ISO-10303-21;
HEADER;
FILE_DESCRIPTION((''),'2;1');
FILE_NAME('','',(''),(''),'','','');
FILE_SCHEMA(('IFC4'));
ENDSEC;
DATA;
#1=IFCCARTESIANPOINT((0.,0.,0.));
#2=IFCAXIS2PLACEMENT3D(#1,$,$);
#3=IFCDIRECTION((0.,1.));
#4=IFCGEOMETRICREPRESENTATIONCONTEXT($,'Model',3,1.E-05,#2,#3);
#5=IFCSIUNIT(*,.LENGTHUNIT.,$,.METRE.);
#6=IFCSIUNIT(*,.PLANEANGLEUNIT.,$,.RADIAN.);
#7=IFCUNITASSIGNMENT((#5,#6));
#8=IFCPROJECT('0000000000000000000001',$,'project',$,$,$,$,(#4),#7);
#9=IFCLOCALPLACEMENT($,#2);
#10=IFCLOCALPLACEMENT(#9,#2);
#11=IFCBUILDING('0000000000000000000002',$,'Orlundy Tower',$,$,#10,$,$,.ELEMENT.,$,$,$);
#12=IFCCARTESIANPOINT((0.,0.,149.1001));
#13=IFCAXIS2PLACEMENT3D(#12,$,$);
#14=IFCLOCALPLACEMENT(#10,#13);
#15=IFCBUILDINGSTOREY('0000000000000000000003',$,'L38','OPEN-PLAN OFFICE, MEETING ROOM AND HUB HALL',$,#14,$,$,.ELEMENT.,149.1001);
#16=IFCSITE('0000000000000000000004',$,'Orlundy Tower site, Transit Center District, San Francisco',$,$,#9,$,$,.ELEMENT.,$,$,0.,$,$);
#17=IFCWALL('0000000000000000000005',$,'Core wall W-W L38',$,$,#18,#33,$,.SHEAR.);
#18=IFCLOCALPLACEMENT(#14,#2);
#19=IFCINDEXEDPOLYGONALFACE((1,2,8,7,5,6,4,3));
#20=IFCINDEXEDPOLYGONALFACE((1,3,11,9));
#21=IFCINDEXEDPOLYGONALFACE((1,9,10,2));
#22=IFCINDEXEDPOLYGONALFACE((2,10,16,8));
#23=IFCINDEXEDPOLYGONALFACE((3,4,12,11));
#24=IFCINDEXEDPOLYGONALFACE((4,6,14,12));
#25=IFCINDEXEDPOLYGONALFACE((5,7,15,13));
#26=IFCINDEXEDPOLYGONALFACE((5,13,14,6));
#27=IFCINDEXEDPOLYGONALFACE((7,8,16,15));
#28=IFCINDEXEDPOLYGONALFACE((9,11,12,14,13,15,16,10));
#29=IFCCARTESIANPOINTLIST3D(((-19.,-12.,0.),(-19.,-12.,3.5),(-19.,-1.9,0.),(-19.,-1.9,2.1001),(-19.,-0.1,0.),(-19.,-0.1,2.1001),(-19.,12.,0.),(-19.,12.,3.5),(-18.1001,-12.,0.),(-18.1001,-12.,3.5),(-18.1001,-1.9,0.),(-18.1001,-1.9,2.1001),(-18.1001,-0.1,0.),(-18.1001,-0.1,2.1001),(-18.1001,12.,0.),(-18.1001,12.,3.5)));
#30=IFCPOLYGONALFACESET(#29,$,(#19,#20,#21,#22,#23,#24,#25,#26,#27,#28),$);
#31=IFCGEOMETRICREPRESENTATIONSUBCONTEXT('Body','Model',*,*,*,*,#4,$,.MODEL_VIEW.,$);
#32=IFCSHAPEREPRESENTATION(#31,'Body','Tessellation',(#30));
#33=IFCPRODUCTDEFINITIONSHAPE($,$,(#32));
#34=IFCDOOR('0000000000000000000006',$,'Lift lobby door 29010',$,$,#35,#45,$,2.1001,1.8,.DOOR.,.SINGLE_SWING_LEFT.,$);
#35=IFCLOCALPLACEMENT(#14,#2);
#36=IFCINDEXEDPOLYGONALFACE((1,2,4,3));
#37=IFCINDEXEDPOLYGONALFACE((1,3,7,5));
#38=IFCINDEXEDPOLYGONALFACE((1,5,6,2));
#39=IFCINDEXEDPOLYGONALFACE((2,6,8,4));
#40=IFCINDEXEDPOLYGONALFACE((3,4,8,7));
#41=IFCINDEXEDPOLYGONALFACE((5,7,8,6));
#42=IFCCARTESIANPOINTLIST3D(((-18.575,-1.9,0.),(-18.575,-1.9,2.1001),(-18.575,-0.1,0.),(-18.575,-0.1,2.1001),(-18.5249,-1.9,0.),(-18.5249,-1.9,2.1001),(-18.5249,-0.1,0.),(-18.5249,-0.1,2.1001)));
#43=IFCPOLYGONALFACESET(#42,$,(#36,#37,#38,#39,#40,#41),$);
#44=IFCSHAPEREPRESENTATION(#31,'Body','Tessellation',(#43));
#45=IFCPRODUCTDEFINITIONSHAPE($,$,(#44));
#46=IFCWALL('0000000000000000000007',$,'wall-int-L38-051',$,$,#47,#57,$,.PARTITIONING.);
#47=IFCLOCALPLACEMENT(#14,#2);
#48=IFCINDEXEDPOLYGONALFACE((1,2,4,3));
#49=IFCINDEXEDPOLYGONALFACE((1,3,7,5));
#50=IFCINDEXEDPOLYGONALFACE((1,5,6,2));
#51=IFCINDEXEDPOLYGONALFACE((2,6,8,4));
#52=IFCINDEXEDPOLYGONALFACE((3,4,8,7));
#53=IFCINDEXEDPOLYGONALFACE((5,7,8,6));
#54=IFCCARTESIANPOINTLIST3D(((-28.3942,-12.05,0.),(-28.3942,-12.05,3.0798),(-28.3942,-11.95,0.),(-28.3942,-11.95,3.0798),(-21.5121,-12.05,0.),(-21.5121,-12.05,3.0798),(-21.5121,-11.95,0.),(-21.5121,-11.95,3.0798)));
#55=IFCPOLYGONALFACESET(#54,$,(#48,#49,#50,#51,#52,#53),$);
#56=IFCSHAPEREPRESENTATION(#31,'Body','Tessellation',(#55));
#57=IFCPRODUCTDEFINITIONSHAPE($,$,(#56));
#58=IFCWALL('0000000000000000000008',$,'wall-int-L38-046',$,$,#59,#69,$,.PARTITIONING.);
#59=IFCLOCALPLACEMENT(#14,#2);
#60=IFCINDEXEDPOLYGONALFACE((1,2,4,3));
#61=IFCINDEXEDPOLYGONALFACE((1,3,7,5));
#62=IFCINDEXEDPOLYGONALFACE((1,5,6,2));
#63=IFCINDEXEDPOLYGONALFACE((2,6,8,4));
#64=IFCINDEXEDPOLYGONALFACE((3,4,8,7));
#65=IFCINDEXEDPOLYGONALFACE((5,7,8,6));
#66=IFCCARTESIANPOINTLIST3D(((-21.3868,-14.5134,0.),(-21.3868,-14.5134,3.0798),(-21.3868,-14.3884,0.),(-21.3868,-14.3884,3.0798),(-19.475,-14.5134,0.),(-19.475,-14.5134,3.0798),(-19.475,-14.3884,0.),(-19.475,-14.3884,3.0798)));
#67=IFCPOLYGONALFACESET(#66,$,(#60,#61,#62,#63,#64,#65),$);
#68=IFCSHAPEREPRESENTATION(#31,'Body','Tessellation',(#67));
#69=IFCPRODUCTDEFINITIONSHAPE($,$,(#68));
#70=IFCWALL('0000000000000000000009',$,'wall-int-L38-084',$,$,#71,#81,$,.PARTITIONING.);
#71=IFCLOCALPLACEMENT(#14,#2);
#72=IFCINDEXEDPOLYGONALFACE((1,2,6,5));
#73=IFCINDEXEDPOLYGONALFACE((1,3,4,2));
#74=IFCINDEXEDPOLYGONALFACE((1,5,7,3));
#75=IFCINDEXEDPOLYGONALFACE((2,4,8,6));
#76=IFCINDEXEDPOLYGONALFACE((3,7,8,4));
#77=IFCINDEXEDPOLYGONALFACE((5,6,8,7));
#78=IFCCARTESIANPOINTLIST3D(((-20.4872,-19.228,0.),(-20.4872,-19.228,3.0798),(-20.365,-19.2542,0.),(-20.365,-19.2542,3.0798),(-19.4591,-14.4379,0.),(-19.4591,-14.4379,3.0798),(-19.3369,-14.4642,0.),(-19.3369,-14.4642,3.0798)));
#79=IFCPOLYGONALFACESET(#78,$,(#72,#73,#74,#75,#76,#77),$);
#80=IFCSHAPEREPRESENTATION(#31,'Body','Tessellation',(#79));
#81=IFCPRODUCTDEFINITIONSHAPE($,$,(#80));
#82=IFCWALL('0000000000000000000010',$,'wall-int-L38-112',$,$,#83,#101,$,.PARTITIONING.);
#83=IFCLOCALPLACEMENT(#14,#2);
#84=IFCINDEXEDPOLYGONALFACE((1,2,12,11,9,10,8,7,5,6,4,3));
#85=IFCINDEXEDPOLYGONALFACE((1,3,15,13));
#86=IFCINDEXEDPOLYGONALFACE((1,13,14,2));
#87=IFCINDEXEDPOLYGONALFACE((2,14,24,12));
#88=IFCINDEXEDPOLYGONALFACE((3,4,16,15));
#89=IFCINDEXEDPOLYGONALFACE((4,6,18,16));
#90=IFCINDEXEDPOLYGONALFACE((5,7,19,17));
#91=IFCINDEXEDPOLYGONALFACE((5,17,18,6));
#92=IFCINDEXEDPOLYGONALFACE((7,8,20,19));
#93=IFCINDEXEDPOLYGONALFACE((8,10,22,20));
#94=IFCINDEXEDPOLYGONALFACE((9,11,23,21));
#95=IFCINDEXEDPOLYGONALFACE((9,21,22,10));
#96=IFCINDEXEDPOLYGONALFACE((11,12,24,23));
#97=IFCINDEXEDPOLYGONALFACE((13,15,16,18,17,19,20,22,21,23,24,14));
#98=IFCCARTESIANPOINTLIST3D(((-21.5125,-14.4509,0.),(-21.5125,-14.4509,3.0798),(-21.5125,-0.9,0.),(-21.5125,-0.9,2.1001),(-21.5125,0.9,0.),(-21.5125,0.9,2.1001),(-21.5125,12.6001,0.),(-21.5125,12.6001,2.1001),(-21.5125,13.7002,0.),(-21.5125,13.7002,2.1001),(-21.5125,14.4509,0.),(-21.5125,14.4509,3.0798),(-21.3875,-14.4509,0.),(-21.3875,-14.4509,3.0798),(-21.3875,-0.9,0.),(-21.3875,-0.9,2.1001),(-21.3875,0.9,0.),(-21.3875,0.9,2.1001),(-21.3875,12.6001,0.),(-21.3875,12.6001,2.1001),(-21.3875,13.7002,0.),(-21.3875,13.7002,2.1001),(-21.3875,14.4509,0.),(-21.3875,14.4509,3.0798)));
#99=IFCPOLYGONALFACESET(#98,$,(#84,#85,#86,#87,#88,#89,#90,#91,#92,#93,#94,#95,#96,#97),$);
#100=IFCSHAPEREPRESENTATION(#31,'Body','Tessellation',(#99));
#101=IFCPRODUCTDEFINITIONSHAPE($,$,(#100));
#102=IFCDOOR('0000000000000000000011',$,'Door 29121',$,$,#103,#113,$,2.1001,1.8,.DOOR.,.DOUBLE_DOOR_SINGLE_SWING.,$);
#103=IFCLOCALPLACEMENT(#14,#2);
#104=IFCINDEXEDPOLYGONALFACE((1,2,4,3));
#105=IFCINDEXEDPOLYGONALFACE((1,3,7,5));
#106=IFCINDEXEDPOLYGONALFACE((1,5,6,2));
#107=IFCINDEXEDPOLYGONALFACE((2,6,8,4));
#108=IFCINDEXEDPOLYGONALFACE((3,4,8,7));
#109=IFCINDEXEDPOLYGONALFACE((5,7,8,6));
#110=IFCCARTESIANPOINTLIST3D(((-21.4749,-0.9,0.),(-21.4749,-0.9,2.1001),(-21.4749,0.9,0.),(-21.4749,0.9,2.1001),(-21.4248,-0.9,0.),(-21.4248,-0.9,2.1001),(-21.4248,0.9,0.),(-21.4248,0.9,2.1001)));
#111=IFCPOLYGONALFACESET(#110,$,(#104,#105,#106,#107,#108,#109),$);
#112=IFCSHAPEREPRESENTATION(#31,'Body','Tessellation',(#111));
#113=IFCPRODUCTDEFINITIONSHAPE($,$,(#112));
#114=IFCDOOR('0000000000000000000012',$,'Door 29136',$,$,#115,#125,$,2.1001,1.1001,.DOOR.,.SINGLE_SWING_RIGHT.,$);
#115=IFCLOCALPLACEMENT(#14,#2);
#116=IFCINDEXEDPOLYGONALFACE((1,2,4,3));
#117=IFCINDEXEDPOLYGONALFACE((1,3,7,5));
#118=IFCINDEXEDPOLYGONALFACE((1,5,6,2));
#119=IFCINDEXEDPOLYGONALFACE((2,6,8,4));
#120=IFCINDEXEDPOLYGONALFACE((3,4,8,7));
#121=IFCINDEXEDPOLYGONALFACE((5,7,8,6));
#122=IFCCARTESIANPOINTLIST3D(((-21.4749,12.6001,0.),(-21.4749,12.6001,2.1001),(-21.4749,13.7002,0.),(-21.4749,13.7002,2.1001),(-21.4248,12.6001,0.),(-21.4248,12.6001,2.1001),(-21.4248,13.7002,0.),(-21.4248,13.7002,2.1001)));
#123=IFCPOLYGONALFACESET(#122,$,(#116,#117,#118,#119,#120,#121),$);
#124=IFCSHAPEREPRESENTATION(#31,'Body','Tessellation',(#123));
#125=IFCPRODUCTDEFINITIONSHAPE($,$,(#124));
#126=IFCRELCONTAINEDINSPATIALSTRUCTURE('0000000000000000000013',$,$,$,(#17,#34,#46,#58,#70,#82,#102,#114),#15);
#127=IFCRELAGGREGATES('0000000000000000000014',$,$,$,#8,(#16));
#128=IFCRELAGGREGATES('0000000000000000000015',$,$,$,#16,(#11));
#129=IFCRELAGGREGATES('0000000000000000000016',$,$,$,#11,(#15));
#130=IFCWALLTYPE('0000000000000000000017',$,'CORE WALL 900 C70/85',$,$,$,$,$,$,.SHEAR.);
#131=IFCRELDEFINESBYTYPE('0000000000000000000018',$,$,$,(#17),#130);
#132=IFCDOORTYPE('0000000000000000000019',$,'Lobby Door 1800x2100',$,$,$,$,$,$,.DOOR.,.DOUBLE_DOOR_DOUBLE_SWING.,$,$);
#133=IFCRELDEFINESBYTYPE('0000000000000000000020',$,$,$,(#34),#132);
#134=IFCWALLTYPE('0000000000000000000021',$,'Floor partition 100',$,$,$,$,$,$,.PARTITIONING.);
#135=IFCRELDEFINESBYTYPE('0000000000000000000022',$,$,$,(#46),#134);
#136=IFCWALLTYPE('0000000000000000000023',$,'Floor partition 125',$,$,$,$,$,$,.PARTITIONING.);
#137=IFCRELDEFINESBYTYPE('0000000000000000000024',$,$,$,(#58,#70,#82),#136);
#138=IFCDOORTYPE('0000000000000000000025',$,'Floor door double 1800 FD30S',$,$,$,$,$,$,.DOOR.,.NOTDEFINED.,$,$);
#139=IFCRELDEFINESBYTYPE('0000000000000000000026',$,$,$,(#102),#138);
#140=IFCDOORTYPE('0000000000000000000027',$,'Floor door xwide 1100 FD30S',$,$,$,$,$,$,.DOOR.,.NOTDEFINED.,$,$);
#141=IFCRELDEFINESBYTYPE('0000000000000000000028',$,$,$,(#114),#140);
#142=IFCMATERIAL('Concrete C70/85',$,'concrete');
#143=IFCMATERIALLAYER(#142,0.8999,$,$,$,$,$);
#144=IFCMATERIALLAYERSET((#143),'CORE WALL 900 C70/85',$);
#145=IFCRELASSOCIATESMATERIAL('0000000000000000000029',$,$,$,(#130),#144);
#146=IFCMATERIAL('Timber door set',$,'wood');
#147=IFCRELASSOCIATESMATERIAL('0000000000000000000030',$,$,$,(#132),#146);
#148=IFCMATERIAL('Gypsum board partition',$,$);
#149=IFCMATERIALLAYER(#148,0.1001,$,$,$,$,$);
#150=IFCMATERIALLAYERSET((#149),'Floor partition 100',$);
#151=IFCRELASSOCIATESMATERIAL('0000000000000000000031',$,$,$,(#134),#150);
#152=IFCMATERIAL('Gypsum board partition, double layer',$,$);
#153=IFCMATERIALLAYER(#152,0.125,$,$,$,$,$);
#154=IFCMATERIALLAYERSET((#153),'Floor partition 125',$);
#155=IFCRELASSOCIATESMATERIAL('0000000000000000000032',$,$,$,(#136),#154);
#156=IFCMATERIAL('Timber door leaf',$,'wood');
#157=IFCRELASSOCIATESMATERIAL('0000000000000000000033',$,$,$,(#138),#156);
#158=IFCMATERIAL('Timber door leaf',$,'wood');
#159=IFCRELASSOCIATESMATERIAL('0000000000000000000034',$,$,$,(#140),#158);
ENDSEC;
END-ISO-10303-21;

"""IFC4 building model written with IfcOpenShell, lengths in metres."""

from ifc_helpers import new_model, si_unit, direction, frame, frame_2d, origin, place, context, subcontext, project, spatial, rectangle, extrude, material, layer, layer_set, type_object, element, fill, save


model = new_model("IFC4")

# Units and contexts
model_context = context("Model", 3, precision=1e-05, world=origin(), true_north=direction((0.0, 1.0)))
body_context = subcontext(model_context, "Body", "Model", "MODEL_VIEW")
ifc_project = project(units=[si_unit("LENGTHUNIT", "METRE"), si_unit("PLANEANGLEUNIT", "RADIAN")], contexts=[model_context])

# Site, building, storey
site_placement = place(None, origin())
site = spatial("IfcSite", under=ifc_project, at=site_placement, Name="Orlundy Tower site, Transit Center District, San Francisco", CompositionType="ELEMENT", RefElevation=0.0)
building_placement = place(site_placement, origin())
building = spatial("IfcBuilding", under=site, at=building_placement, Name="Orlundy Tower", CompositionType="ELEMENT")
storey_placement = place(building_placement, frame((0.0, 0.0, 149.1001)))
storey = spatial("IfcBuildingStorey", under=building, at=storey_placement, Name="L38", Description="OPEN-PLAN OFFICE, MEETING ROOM AND HUB HALL", CompositionType="ELEMENT", Elevation=149.1001)

# Shared definitions
ifc_material_1 = material(Name="Concrete C70/85", Category="concrete")
ifc_layer_1 = layer(ifc_material_1, 0.8999)
ifc_layer_set_1 = layer_set([ifc_layer_1], Name="CORE WALL 900 C70/85")
wall_type_1 = type_object("IfcWallType", Name="CORE WALL 900 C70/85", PredefinedType="SHEAR", material=ifc_layer_set_1)

# Wall, opening, door
wall_1_placement = place(storey_placement, frame((-18.55, -12.0, 0.0), z_axis=(0.0, 0.0, 1.0), x_axis=(0.0, 1.0, 0.0)))
wall_1 = element("IfcWall", 1, at=wall_1_placement, inside=storey, type_object=wall_type_1, Name="Core wall W-W L38", PredefinedType="SHEAR", context=body_context, shape_type="SweptSolid", body=[
    extrude(rectangle(XDim=24.0, YDim=0.8999, at=frame_2d((12.0, 0.0))), origin(), (0.0, 0.0, 1.0), 3.5),
])
opening_1_placement = place(wall_1_placement, frame((10.1001, 0.0, 0.0)))
opening_1 = element("IfcOpeningElement", 2, at=opening_1_placement, cuts=wall_1, PredefinedType="OPENING", context=body_context, shape_type="SweptSolid", body=[
    extrude(rectangle(XDim=1.8, YDim=2.1001, at=frame_2d((0.8999, 1.05))), frame((0.0, 0.46, 0.0), z_axis=(0.0, -1.0, 0.0), x_axis=(1.0, 0.0, 0.0)), (0.0, 0.0, 1.0), 0.9199),
])
ifc_material_2 = material(Name="Timber door set", Category="wood")
door_type_1 = type_object("IfcDoorType", Name="Lobby Door 1800x2100", OperationType="DOUBLE_DOOR_DOUBLE_SWING", PredefinedType="DOOR", material=ifc_material_2)
door_1_placement = place(opening_1_placement, origin())
door_1 = element("IfcDoor", 3, at=door_1_placement, inside=storey, type_object=door_type_1, Name="Lift lobby door 29010", OperationType="SINGLE_SWING_LEFT", OverallHeight=2.1001, OverallWidth=1.8, PredefinedType="DOOR", context=body_context, shape_type="SweptSolid", body=[
    extrude(rectangle(XDim=1.8, YDim=2.1001, at=frame_2d((0.8999, 1.05))), frame((0.0, 0.0249, 0.0), z_axis=(0.0, -1.0, 0.0), x_axis=(1.0, 0.0, 0.0)), (0.0, 0.0, 1.0), 0.05),
])
fill(opening_1, door_1)

# Walls
ifc_material_3 = material(Name="Gypsum board partition")
ifc_layer_2 = layer(ifc_material_3, 0.1001)
ifc_layer_set_2 = layer_set([ifc_layer_2], Name="Floor partition 100")
wall_type_2 = type_object("IfcWallType", Name="Floor partition 100", PredefinedType="PARTITIONING", material=ifc_layer_set_2)
wall_2_placement = place(storey_placement, frame((-28.394, -12.0, 0.0), z_axis=(0.0, 0.0, 1.0), x_axis=(1.0, 0.0, 0.0)))
element("IfcWall", 4, at=wall_2_placement, inside=storey, type_object=wall_type_2, Name="wall-int-L38-051", PredefinedType="PARTITIONING", context=body_context, shape_type="SweptSolid", body=[
    extrude(rectangle(XDim=6.8821, YDim=0.1001, at=frame_2d((3.4409, 0.0))), origin(), (0.0, 0.0, 1.0), 3.0798),
])
ifc_material_4 = material(Name="Gypsum board partition, double layer")
ifc_layer_3 = layer(ifc_material_4, 0.125)
ifc_layer_set_3 = layer_set([ifc_layer_3], Name="Floor partition 125")
wall_type_3 = type_object("IfcWallType", Name="Floor partition 125", PredefinedType="PARTITIONING", material=ifc_layer_set_3)
wall_3_placement = place(storey_placement, frame((-21.387, -14.4509, 0.0), z_axis=(0.0, 0.0, 1.0), x_axis=(1.0, 0.0, 0.0)))
element("IfcWall", 5, at=wall_3_placement, inside=storey, type_object=wall_type_3, Name="wall-int-L38-046", PredefinedType="PARTITIONING", context=body_context, shape_type="SweptSolid", body=[
    extrude(rectangle(XDim=1.9119, YDim=0.125, at=frame_2d((0.9561, 0.0))), origin(), (0.0, 0.0, 1.0), 3.0798),
])
wall_4_placement = place(storey_placement, frame((-19.3979, -14.4509, 0.0), z_axis=(0.0, 0.0, 1.0), x_axis=(-0.209849, -0.977734, 0.0)))
element("IfcWall", 6, at=wall_4_placement, inside=storey, type_object=wall_type_3, Name="wall-int-L38-084", PredefinedType="PARTITIONING", context=body_context, shape_type="SweptSolid", body=[
    extrude(rectangle(XDim=4.8992, YDim=0.125, at=frame_2d((2.4497, 0.0))), origin(), (0.0, 0.0, 1.0), 3.0798),
])

# Wall, openings, doors
wall_5_placement = place(storey_placement, frame((-21.45, -14.4509, 0.0), z_axis=(0.0, 0.0, 1.0), x_axis=(0.0, 1.0, 0.0)))
wall_5 = element("IfcWall", 7, at=wall_5_placement, inside=storey, type_object=wall_type_3, Name="wall-int-L38-112", PredefinedType="PARTITIONING", context=body_context, shape_type="SweptSolid", body=[
    extrude(rectangle(XDim=28.9019, YDim=0.125, at=frame_2d((14.4509, 0.0))), origin(), (0.0, 0.0, 1.0), 3.0798),
])
opening_2_placement = place(wall_5_placement, frame((13.551, 0.0, 0.0)))
opening_2 = element("IfcOpeningElement", 8, at=opening_2_placement, cuts=wall_5, PredefinedType="OPENING", context=body_context, shape_type="SweptSolid", body=[
    extrude(rectangle(XDim=1.8, YDim=2.1001, at=frame_2d((0.8999, 1.05))), frame((0.0, 0.0725, 0.0), z_axis=(0.0, -1.0, 0.0), x_axis=(1.0, 0.0, 0.0)), (0.0, 0.0, 1.0), 0.145),
])
opening_3_placement = place(wall_5_placement, frame((27.051, 0.0, 0.0)))
opening_3 = element("IfcOpeningElement", 9, at=opening_3_placement, cuts=wall_5, PredefinedType="OPENING", context=body_context, shape_type="SweptSolid", body=[
    extrude(rectangle(XDim=1.1001, YDim=2.1001, at=frame_2d((0.55, 1.05))), frame((0.0, 0.0725, 0.0), z_axis=(0.0, -1.0, 0.0), x_axis=(1.0, 0.0, 0.0)), (0.0, 0.0, 1.0), 0.145),
])
ifc_material_5 = material(Name="Timber door leaf", Category="wood")
door_type_2 = type_object("IfcDoorType", Name="Floor door double 1800 FD30S", OperationType="NOTDEFINED", PredefinedType="DOOR", material=ifc_material_5)
door_2_placement = place(opening_2_placement, origin())
door_2 = element("IfcDoor", 10, at=door_2_placement, inside=storey, type_object=door_type_2, Name="Door 29121", OperationType="DOUBLE_DOOR_SINGLE_SWING", OverallHeight=2.1001, OverallWidth=1.8, PredefinedType="DOOR", context=body_context, shape_type="SweptSolid", body=[
    extrude(rectangle(XDim=1.8, YDim=2.1001, at=frame_2d((0.8999, 1.05))), frame((0.0, 0.0249, 0.0), z_axis=(0.0, -1.0, 0.0), x_axis=(1.0, 0.0, 0.0)), (0.0, 0.0, 1.0), 0.05),
])
fill(opening_2, door_2)
ifc_material_6 = material(Name="Timber door leaf", Category="wood")
door_type_3 = type_object("IfcDoorType", Name="Floor door xwide 1100 FD30S", OperationType="NOTDEFINED", PredefinedType="DOOR", material=ifc_material_6)
door_3_placement = place(opening_3_placement, origin())
door_3 = element("IfcDoor", 11, at=door_3_placement, inside=storey, type_object=door_type_3, Name="Door 29136", OperationType="SINGLE_SWING_RIGHT", OverallHeight=2.1001, OverallWidth=1.1001, PredefinedType="DOOR", context=body_context, shape_type="SweptSolid", body=[
    extrude(rectangle(XDim=1.1001, YDim=2.1001, at=frame_2d((0.55, 1.05))), frame((0.0, 0.0249, 0.0), z_axis=(0.0, -1.0, 0.0), x_axis=(1.0, 0.0, 0.0)), (0.0, 0.0, 1.0), 0.05),
])
fill(opening_3, door_3)

save(model, "model.ifc")
